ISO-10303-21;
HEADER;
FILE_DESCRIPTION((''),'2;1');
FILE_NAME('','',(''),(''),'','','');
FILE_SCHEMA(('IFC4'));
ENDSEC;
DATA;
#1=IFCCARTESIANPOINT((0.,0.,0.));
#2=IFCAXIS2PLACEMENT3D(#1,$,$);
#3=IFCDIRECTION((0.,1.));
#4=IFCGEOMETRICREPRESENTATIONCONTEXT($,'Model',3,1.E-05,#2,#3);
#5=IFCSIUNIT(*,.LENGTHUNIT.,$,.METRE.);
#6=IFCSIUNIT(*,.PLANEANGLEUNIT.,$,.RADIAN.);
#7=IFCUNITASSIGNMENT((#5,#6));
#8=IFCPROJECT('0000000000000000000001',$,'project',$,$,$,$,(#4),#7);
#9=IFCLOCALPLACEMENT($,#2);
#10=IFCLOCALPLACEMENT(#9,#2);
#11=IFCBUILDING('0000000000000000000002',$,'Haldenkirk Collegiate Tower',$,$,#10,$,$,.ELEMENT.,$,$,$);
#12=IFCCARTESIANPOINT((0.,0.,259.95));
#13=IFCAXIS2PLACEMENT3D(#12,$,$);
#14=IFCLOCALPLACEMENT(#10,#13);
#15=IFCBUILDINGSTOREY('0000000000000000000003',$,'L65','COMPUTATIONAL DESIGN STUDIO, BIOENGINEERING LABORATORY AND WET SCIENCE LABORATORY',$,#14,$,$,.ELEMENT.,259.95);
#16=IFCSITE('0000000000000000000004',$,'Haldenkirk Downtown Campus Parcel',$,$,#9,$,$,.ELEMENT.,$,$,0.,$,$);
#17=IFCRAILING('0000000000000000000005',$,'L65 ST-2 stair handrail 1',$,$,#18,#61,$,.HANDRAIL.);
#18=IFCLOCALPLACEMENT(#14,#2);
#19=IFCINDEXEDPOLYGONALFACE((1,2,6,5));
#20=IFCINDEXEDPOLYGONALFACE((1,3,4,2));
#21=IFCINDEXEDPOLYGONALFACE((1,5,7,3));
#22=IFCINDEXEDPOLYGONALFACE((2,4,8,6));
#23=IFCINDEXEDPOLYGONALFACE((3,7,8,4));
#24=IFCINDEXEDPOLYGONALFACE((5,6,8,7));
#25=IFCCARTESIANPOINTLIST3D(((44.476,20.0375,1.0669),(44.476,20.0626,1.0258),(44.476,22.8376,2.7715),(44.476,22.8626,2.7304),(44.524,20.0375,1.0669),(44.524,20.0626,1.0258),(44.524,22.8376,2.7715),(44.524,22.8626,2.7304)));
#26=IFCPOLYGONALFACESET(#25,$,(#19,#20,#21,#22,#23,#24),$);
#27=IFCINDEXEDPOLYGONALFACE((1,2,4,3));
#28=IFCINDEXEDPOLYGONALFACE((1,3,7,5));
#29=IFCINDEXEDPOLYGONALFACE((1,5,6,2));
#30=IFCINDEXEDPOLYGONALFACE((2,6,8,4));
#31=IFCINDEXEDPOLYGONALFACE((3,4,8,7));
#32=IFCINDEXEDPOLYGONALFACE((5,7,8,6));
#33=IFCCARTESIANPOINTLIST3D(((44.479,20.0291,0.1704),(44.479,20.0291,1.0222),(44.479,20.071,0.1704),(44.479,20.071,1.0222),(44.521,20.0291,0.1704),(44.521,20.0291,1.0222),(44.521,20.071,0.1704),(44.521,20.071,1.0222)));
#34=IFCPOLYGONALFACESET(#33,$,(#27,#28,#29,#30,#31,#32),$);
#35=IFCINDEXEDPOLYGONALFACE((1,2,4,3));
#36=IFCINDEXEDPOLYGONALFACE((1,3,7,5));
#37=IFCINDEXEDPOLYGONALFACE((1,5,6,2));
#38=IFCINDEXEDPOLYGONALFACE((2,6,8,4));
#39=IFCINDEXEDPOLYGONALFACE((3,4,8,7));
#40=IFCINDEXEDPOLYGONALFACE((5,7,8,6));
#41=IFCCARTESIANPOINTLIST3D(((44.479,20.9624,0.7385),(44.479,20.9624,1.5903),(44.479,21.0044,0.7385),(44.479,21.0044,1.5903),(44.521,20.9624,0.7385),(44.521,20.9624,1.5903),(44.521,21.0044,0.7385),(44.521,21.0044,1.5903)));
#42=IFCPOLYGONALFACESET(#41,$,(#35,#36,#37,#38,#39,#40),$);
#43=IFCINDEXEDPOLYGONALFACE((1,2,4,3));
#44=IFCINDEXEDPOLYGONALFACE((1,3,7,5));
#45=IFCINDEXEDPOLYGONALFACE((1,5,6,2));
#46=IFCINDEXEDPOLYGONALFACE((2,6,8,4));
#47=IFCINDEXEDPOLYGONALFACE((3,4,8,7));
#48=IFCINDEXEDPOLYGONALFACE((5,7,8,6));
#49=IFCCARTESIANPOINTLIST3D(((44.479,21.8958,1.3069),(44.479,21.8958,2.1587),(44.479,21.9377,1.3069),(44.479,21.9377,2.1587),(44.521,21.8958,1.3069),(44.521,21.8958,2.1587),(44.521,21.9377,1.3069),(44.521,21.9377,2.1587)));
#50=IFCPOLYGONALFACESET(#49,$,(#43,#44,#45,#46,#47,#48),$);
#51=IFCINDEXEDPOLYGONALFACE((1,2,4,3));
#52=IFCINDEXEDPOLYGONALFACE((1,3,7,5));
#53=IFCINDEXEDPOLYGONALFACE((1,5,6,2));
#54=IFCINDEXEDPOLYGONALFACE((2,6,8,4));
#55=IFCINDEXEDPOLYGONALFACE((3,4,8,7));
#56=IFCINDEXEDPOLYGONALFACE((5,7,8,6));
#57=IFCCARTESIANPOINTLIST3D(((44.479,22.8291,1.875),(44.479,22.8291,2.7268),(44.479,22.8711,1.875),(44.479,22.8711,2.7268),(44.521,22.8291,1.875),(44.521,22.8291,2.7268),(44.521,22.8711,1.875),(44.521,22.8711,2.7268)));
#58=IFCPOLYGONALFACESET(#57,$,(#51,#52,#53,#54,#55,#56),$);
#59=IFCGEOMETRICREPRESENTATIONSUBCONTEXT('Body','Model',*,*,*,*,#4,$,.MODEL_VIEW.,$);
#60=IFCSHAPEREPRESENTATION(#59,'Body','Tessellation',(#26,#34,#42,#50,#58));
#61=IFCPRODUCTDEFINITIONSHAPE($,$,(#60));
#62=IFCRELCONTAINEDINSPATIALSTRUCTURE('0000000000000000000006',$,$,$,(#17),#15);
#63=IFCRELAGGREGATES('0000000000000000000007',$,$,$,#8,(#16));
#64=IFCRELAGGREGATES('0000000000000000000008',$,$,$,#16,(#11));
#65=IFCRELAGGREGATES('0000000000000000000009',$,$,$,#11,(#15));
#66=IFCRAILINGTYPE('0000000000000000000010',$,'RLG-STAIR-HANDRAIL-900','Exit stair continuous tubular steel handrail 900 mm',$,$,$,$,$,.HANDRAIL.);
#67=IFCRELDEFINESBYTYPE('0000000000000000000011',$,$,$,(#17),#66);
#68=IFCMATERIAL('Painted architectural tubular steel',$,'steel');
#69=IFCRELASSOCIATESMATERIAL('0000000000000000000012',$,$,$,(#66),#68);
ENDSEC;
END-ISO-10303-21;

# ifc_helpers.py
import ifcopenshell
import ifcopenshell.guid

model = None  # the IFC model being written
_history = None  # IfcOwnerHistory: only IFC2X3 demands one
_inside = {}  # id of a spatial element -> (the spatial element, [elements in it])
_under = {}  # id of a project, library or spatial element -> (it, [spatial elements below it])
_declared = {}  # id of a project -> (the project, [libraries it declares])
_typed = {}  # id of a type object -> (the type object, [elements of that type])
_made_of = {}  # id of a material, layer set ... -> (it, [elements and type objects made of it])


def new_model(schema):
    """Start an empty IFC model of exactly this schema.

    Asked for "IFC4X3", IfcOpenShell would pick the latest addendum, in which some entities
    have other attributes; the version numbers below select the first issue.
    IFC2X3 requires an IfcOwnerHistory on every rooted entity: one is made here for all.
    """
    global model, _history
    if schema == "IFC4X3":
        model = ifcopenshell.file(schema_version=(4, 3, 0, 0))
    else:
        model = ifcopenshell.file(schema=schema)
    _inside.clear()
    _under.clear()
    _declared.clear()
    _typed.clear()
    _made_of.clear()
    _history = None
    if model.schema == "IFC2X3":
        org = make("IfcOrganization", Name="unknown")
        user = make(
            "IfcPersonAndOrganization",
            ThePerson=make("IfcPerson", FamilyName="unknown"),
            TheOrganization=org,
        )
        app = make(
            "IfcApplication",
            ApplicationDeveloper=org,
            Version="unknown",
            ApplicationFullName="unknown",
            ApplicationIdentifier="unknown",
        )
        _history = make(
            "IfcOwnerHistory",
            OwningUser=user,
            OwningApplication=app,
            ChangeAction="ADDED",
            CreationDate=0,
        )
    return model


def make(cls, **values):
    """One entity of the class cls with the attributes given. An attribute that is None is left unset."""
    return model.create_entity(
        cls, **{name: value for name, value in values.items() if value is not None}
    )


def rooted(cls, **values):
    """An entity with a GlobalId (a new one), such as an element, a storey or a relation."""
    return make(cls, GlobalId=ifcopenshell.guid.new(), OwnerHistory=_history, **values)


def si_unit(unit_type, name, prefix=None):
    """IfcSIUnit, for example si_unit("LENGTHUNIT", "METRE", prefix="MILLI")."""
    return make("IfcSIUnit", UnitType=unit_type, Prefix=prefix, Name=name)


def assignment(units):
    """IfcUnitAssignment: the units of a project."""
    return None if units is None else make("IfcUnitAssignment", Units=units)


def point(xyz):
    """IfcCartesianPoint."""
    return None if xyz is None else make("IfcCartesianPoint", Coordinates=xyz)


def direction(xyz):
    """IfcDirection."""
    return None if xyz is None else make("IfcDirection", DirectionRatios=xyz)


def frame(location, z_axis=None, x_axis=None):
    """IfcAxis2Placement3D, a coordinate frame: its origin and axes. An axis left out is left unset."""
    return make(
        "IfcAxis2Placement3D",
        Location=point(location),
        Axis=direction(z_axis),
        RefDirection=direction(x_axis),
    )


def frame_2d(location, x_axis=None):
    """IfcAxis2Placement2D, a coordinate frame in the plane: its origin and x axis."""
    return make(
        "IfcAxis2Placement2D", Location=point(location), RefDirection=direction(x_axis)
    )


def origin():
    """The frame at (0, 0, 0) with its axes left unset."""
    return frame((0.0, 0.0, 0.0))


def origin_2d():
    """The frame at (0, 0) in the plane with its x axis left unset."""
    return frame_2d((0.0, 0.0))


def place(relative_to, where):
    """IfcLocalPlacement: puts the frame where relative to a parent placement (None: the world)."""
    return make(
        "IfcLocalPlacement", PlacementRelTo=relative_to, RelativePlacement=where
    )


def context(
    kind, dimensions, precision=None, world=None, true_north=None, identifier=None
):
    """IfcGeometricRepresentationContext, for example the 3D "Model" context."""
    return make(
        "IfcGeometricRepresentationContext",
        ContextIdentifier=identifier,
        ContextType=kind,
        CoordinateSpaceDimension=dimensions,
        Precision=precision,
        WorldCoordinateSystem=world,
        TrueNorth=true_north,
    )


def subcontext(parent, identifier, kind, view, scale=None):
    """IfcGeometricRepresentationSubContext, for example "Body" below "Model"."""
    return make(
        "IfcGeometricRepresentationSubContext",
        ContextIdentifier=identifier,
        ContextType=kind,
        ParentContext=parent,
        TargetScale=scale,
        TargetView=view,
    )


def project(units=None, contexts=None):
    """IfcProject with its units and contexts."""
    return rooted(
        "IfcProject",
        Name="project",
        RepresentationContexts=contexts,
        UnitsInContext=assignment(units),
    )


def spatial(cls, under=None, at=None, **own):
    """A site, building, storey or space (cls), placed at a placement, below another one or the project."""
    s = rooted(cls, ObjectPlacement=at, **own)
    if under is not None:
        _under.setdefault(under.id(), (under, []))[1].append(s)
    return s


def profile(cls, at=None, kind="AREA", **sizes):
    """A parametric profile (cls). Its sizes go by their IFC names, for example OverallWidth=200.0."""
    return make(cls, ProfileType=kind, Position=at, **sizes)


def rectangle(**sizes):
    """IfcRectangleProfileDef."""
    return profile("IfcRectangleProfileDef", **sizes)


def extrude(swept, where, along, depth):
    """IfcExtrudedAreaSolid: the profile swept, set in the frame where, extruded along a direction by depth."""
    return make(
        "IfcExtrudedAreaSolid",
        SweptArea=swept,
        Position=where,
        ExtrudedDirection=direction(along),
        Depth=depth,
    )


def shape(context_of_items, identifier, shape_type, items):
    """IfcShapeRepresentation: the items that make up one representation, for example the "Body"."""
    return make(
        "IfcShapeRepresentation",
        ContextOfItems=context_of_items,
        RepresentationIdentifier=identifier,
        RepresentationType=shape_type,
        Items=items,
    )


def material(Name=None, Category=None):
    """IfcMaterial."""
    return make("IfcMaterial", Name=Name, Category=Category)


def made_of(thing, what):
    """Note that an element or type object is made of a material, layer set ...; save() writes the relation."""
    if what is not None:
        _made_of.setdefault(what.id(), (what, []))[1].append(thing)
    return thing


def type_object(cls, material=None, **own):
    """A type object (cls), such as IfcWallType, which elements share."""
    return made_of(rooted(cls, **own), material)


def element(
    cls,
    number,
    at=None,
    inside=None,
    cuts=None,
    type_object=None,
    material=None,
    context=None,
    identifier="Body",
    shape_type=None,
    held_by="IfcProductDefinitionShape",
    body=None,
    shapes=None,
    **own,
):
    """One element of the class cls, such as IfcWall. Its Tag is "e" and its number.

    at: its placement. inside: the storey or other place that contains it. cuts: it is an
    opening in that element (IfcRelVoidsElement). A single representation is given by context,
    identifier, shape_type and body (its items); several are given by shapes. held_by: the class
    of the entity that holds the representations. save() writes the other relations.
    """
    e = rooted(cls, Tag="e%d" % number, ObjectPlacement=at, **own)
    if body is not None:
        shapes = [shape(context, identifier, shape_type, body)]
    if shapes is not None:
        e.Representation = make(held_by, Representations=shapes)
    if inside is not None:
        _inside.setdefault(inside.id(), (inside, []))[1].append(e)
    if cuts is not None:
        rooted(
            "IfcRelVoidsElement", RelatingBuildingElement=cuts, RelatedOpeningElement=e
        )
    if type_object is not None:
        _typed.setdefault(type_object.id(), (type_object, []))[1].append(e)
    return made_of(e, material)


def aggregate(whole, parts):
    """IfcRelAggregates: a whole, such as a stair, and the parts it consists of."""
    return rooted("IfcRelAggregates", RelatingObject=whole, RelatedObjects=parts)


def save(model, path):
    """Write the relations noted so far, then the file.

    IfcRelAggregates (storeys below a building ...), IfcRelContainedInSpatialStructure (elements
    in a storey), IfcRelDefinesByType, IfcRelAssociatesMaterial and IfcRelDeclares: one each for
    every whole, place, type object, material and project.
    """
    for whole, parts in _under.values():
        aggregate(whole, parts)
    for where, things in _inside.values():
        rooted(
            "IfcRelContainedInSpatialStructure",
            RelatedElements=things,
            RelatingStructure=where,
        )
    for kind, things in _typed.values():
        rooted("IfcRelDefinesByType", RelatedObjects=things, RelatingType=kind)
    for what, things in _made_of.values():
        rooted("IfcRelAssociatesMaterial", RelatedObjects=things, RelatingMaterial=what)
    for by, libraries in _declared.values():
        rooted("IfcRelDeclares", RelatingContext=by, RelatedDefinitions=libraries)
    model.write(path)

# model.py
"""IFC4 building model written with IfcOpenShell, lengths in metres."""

from ifc_helpers import new_model, si_unit, direction, frame, origin, origin_2d, place, context, subcontext, project, spatial, rectangle, extrude, material, type_object, element, save


model = new_model("IFC4")

# Units and contexts
model_context = context("Model", 3, precision=1e-05, world=origin(), true_north=direction((0.0, 1.0)))
body_context = subcontext(model_context, "Body", "Model", "MODEL_VIEW")
ifc_project = project(units=[si_unit("LENGTHUNIT", "METRE"), si_unit("PLANEANGLEUNIT", "RADIAN")], contexts=[model_context])

# Site, building, storey
site_placement = place(None, origin())
site = spatial("IfcSite", under=ifc_project, at=site_placement, Name="Haldenkirk Downtown Campus Parcel", CompositionType="ELEMENT", RefElevation=0.0)
building_placement = place(site_placement, origin())
building = spatial("IfcBuilding", under=site, at=building_placement, Name="Haldenkirk Collegiate Tower", CompositionType="ELEMENT")
storey_placement = place(building_placement, frame((0.0, 0.0, 259.95)))
storey = spatial("IfcBuildingStorey", under=building, at=storey_placement, Name="L65", Description="COMPUTATIONAL DESIGN STUDIO, BIOENGINEERING LABORATORY AND WET SCIENCE LABORATORY", CompositionType="ELEMENT", Elevation=259.95)

# Railing
ifc_material_1 = material(Name="Painted architectural tubular steel", Category="steel")
railing_type = type_object("IfcRailingType", Name="RLG-STAIR-HANDRAIL-900", Description="Exit stair continuous tubular steel handrail 900 mm", PredefinedType="HANDRAIL", material=ifc_material_1)
railing_placement = place(storey_placement, frame((44.5, 20.05, 0.1704)))
element("IfcRailing", 1, at=railing_placement, inside=storey, type_object=railing_type, Name="L65 ST-2 stair handrail 1", PredefinedType="HANDRAIL", context=body_context, shape_type="SweptSolid", body=[
    extrude(rectangle(XDim=0.0481, YDim=0.0481, at=origin_2d()), frame((0.0, 0.0, 0.876), z_axis=(0.0, 0.85417, 0.519994), x_axis=(-1.0, 0.0, 0.0)), (0.0, 0.0, 1.0), 3.2781),
    extrude(rectangle(XDim=0.042, YDim=0.042, at=origin_2d()), origin(), (0.0, 0.0, 1.0), 0.8518),
    extrude(rectangle(XDim=0.042, YDim=0.042, at=origin_2d()), frame((0.0, 0.9333, 0.5681)), (0.0, 0.0, 1.0), 0.8518),
    extrude(rectangle(XDim=0.042, YDim=0.042, at=origin_2d()), frame((0.0, 1.8667, 1.1365)), (0.0, 0.0, 1.0), 0.8518),
    extrude(rectangle(XDim=0.042, YDim=0.042, at=origin_2d()), frame((0.0, 2.8, 1.7046)), (0.0, 0.0, 1.0), 0.8518),
])

save(model, "model.ifc")
